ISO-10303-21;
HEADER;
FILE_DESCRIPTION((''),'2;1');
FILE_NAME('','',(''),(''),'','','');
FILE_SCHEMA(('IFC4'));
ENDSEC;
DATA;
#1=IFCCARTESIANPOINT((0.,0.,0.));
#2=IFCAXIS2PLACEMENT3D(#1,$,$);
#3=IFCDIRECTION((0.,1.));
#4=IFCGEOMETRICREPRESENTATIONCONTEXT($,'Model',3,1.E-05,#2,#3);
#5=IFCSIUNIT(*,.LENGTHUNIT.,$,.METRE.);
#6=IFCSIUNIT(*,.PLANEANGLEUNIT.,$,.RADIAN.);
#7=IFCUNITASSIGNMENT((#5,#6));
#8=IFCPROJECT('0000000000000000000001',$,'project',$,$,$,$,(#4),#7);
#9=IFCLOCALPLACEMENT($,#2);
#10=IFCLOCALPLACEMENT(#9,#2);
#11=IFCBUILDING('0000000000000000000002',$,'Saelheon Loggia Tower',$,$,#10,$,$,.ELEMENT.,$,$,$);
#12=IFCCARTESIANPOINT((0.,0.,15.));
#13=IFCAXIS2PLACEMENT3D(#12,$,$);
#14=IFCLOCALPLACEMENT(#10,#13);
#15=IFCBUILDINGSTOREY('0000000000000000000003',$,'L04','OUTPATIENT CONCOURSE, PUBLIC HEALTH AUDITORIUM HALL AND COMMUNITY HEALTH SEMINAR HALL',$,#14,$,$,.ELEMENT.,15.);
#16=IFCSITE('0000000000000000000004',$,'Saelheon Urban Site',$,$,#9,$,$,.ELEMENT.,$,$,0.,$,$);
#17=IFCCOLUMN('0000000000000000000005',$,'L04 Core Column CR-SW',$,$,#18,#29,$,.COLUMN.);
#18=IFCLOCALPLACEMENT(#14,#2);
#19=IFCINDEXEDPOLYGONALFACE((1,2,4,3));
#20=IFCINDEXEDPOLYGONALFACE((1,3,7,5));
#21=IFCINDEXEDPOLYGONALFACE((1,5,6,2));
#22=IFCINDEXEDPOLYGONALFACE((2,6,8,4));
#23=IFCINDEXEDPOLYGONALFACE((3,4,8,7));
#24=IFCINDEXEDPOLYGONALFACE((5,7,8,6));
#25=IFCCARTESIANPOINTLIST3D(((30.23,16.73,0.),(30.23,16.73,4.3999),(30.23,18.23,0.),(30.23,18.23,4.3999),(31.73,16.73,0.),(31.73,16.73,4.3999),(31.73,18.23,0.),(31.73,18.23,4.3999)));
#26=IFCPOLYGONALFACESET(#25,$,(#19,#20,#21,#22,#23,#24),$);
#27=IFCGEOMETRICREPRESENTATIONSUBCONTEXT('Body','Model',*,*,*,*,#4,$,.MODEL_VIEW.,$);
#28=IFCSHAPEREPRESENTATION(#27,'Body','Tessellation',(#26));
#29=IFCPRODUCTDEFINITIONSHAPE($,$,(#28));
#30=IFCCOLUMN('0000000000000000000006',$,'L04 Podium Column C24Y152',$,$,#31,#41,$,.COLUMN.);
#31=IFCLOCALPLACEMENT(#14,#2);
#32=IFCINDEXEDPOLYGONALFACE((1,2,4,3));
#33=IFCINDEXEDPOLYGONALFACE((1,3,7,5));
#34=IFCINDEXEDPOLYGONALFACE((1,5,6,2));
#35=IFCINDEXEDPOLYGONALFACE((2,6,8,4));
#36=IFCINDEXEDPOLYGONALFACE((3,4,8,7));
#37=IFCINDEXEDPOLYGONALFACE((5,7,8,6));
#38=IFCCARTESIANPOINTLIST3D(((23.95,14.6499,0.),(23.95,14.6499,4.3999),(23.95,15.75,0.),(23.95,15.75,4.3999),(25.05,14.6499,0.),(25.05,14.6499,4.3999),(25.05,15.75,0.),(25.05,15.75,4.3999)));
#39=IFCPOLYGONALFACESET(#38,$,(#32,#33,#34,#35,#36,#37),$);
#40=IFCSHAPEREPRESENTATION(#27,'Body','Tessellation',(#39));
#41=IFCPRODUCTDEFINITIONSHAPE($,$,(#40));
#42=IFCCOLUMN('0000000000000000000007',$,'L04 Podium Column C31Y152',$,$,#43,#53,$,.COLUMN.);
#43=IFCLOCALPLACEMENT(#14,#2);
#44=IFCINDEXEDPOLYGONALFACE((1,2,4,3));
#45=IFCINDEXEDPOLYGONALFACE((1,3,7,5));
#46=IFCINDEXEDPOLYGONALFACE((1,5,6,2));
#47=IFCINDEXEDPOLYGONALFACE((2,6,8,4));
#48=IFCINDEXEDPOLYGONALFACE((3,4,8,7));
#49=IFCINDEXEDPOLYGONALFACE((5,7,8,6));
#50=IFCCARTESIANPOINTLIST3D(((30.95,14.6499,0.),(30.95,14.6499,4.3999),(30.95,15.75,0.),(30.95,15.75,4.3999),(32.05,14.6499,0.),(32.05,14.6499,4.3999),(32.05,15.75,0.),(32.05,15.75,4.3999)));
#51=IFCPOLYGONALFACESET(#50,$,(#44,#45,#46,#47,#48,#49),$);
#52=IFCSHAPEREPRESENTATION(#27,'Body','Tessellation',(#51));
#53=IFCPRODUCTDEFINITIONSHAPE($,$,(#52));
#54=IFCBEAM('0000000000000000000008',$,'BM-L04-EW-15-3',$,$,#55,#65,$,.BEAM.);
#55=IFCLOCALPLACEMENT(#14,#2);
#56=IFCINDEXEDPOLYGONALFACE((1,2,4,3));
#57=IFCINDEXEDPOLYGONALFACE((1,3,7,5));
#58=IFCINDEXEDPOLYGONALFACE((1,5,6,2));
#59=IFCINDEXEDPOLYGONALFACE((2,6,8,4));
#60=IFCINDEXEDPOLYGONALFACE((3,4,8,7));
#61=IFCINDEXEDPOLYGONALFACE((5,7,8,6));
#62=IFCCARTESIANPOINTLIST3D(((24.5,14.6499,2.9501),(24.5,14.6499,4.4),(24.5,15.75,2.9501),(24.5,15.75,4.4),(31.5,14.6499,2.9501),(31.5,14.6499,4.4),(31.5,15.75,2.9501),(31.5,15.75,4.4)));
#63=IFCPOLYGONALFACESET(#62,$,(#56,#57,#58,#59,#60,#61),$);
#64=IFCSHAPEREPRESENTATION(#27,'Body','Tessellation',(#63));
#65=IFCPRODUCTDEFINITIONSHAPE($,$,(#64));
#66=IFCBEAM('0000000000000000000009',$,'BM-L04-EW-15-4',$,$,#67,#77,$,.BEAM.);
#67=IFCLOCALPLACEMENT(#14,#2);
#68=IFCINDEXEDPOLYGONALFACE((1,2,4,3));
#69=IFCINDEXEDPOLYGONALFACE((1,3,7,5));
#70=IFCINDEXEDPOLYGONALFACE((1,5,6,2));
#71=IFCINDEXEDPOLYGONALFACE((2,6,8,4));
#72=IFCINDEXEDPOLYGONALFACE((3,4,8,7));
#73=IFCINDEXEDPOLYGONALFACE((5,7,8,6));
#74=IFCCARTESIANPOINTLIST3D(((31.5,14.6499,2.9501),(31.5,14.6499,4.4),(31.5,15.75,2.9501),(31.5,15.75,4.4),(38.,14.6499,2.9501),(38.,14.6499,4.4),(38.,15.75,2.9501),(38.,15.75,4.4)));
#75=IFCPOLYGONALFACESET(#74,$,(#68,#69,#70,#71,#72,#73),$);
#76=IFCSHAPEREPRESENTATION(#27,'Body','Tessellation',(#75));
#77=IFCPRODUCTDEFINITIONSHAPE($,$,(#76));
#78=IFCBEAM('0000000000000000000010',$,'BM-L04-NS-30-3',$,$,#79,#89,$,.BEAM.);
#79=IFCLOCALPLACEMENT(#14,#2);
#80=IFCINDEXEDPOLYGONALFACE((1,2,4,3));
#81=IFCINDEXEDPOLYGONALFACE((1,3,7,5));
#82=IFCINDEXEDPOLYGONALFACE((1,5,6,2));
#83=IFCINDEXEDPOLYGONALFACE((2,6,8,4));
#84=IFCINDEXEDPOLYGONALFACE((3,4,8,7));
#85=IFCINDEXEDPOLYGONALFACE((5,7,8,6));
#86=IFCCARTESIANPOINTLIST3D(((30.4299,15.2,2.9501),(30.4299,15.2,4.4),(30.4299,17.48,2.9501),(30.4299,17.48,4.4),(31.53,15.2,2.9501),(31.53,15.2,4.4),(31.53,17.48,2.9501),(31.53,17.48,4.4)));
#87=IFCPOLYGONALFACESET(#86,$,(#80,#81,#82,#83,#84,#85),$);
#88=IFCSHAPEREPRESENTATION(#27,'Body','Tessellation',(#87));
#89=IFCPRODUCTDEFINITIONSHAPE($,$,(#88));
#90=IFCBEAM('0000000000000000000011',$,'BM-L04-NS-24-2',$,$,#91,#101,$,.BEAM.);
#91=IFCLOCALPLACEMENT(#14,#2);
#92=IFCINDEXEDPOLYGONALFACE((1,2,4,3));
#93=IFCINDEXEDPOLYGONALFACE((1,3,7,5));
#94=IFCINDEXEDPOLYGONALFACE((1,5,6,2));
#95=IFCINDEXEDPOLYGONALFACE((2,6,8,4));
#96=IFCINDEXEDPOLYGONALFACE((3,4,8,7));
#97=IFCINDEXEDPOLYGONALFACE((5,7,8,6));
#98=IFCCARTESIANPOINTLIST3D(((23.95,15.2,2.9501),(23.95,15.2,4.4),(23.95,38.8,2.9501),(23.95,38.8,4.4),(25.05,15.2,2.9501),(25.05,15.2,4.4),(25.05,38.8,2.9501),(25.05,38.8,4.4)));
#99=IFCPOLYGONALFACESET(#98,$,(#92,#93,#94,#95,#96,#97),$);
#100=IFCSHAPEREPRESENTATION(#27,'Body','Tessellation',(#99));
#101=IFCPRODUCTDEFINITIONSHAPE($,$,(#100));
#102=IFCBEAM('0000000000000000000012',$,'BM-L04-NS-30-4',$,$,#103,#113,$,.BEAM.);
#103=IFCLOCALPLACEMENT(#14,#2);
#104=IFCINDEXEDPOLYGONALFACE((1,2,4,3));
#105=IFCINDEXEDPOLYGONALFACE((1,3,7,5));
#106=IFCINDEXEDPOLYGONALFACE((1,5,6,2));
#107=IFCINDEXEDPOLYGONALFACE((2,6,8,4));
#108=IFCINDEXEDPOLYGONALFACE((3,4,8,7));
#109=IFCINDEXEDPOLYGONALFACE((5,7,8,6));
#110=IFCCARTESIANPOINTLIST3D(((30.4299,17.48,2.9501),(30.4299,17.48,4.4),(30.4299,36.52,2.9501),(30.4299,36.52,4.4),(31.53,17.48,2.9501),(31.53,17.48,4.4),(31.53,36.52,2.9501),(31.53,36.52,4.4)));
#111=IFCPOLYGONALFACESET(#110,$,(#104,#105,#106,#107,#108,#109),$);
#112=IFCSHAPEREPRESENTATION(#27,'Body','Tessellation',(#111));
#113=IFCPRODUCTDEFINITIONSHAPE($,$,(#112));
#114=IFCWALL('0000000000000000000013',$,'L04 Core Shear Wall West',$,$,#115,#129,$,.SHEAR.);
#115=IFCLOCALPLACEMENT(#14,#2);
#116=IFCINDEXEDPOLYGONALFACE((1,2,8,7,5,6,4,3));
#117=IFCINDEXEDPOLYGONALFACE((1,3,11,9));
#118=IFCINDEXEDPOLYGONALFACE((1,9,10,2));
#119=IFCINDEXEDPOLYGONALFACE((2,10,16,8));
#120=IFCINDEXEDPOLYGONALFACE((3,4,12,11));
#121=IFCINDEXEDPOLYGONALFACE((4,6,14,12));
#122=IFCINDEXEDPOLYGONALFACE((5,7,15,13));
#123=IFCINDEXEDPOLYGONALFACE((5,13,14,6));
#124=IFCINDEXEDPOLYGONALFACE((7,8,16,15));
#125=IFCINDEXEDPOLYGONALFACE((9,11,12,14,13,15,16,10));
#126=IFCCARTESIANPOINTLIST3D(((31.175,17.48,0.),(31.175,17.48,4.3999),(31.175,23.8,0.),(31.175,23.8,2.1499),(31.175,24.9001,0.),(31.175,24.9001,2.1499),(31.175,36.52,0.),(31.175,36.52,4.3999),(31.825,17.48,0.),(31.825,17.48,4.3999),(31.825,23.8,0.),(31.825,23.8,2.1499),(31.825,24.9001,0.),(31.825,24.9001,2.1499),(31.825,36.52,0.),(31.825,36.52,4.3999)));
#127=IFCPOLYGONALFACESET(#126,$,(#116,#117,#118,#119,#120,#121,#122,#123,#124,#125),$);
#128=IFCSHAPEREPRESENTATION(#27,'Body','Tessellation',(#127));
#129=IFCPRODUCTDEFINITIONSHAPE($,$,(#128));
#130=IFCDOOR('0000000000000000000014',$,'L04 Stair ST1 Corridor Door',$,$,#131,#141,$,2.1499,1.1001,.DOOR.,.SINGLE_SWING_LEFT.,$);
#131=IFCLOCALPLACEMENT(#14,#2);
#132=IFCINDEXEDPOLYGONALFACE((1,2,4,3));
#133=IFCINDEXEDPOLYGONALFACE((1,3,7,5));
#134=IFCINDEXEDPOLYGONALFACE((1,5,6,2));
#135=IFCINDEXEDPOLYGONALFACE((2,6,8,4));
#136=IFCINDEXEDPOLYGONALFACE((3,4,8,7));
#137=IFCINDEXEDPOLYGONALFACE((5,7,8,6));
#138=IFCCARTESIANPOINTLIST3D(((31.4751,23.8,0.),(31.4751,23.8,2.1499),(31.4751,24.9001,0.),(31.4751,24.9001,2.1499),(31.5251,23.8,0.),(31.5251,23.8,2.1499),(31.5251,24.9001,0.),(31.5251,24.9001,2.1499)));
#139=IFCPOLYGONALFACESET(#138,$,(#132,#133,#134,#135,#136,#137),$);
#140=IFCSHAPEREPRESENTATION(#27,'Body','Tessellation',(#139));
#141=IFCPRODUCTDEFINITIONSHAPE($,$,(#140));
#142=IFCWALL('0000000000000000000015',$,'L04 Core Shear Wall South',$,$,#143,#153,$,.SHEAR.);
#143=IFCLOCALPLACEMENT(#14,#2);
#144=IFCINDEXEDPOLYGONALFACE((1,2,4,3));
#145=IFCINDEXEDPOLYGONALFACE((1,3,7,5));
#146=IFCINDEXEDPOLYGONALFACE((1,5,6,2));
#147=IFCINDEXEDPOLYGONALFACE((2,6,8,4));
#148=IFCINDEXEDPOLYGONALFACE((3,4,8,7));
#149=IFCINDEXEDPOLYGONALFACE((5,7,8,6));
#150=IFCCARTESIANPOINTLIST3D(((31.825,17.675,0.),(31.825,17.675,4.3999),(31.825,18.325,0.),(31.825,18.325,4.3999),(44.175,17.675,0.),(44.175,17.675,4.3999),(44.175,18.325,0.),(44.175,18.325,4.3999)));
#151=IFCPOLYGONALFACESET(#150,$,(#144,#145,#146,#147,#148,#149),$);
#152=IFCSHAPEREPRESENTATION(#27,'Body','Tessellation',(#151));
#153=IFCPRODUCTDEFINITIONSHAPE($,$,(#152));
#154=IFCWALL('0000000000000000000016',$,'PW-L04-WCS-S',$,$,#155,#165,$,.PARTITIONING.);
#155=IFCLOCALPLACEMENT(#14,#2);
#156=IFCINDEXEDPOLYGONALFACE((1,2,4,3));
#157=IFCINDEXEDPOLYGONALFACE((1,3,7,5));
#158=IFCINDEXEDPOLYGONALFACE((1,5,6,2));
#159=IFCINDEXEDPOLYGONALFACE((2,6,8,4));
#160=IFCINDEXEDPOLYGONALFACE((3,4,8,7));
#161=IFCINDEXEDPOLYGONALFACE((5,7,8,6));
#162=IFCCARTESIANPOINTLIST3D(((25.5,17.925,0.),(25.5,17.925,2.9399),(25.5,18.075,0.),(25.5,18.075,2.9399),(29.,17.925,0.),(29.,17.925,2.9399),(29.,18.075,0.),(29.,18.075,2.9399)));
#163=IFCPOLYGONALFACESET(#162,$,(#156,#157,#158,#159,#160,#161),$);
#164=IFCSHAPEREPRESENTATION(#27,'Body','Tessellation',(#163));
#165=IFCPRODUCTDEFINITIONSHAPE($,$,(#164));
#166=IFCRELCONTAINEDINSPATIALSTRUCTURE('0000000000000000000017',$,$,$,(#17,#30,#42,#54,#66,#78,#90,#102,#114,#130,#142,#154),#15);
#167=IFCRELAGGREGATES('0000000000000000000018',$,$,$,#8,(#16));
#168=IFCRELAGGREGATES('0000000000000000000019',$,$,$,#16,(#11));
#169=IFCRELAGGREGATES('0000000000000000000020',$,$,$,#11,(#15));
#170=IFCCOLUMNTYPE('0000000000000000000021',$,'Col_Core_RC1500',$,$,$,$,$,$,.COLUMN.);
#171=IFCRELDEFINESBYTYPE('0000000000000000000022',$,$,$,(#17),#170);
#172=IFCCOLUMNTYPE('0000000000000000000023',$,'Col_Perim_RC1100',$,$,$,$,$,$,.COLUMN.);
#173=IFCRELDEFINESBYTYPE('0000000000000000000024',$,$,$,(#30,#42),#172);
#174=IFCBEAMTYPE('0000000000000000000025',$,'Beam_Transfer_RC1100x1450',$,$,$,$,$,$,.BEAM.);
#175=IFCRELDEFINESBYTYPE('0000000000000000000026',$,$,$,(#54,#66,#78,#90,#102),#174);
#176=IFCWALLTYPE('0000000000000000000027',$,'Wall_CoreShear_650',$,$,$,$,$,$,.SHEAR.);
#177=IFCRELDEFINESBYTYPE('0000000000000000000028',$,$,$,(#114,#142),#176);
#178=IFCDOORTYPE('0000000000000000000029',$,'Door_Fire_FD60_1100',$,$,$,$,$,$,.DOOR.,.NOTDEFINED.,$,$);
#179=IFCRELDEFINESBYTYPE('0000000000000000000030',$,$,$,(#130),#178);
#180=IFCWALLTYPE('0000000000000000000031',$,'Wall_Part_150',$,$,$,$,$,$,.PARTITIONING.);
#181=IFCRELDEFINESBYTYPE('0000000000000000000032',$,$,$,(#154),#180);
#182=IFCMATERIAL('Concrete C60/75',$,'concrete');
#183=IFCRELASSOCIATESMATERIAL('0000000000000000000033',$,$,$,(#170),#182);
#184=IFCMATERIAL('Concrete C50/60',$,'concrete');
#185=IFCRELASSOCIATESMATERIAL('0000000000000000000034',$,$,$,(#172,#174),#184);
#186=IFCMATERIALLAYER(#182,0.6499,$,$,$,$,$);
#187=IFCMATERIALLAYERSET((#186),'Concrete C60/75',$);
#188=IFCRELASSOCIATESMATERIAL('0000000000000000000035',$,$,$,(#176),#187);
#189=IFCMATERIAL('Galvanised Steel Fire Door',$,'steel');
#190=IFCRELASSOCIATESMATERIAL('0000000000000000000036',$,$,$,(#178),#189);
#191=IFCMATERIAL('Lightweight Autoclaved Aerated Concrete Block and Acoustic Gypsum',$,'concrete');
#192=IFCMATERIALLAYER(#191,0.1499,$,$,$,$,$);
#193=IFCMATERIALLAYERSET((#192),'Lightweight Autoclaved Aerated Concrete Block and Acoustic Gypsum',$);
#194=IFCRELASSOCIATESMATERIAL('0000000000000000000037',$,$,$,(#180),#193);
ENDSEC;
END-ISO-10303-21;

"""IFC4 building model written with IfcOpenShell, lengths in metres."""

from ifc_helpers import new_model, si_unit, direction, frame, frame_2d, origin, origin_2d, place, context, subcontext, project, spatial, rectangle, extrude, source, transform, mapped, material, layer, layer_set, material_profile, profile_set, type_object, element, fill, save


model = new_model("IFC4")

# Units and contexts
model_context = context("Model", 3, precision=1e-05, world=origin(), true_north=direction((0.0, 1.0)))
body_context = subcontext(model_context, "Body", "Model", "MODEL_VIEW")
ifc_project = project(units=[si_unit("LENGTHUNIT", "METRE"), si_unit("PLANEANGLEUNIT", "RADIAN")], contexts=[model_context])

# Site, building, storey
site_placement = place(None, origin())
site = spatial("IfcSite", under=ifc_project, at=site_placement, Name="Saelheon Urban Site", CompositionType="ELEMENT", RefElevation=0.0)
building_placement = place(site_placement, origin())
building = spatial("IfcBuilding", under=site, at=building_placement, Name="Saelheon Loggia Tower", CompositionType="ELEMENT")
storey_placement = place(building_placement, frame((0.0, 0.0, 15.0)))
storey = spatial("IfcBuildingStorey", under=building, at=storey_placement, Name="L04", Description="OUTPATIENT CONCOURSE, PUBLIC HEALTH AUDITORIUM HALL AND COMMUNITY HEALTH SEMINAR HALL", CompositionType="ELEMENT", Elevation=15.0)

# Columns
ifc_material_1 = material(Name="Concrete C60/75", Category="concrete")
ifc_material_profile_1 = material_profile(ifc_material_1, rectangle(XDim=1.5, YDim=1.5, at=origin_2d()), Name="RC-1500x1500")
ifc_profile_set_1 = profile_set([ifc_material_profile_1], Name="Concrete C60/75")
column_type_1 = type_object("IfcColumnType", Name="Col_Core_RC1500", PredefinedType="COLUMN", material=ifc_profile_set_1)
shared_shape_1 = source(origin(), body_context, "Body", "SweptSolid", [
    extrude(rectangle(XDim=1.5, YDim=1.5, at=origin_2d()), origin(), (0.0, 0.0, 1.0), 4.3999),
])
column_placement = place(storey_placement, frame((30.98, 17.48, 0.0), z_axis=(0.0, 0.0, 1.0), x_axis=(1.0, 0.0, 0.0)))
element("IfcColumn", 1, at=column_placement, inside=storey, type_object=column_type_1, Name="L04 Core Column CR-SW", PredefinedType="COLUMN", context=body_context, shape_type="MappedRepresentation", body=[
    mapped(shared_shape_1, transform((0.0, 0.0, 0.0), scale=1.0)),
])
ifc_material_2 = material(Name="Concrete C50/60", Category="concrete")
ifc_material_profile_2 = material_profile(ifc_material_2, rectangle(XDim=1.1001, YDim=1.1001, at=origin_2d()), Name="RC-1100x1100")
ifc_profile_set_2 = profile_set([ifc_material_profile_2], Name="Concrete C50/60")
column_type_2 = type_object("IfcColumnType", Name="Col_Perim_RC1100", PredefinedType="COLUMN", material=ifc_profile_set_2)
shared_shape_2 = source(origin(), body_context, "Body", "SweptSolid", [
    extrude(rectangle(XDim=1.1001, YDim=1.1001, at=origin_2d()), origin(), (0.0, 0.0, 1.0), 4.3999),
])
for number, where, z_axis, x_axis, name in (
    (2, (24.5, 15.2, 0.0), (0.0, 0.0, 1.0), (1.0, 0.0, 0.0), "L04 Podium Column C24Y152"),
    (3, (31.5, 15.2, 0.0), (0.0, 0.0, 1.0), (1.0, 0.0, 0.0), "L04 Podium Column C31Y152"),
):
    element("IfcColumn", number, at=place(storey_placement, frame(where, z_axis=z_axis, x_axis=x_axis)), inside=storey, type_object=column_type_2, Name=name, PredefinedType="COLUMN", context=body_context, shape_type="MappedRepresentation", body=[
        mapped(shared_shape_2, transform((0.0, 0.0, 0.0), scale=1.0)),
    ])

# Beams
ifc_material_profile_3 = material_profile(ifc_material_2, rectangle(XDim=1.1001, YDim=1.45, at=origin_2d()), Name="RC-1100x1450")
ifc_profile_set_3 = profile_set([ifc_material_profile_3], Name="Concrete C50/60")
beam_type = type_object("IfcBeamType", Name="Beam_Transfer_RC1100x1450", PredefinedType="BEAM", material=ifc_profile_set_3)
shared_shape_3 = source(origin(), body_context, "Body", "SweptSolid", [
    extrude(rectangle(XDim=1.1001, YDim=1.45, at=origin_2d()), origin(), (0.0, 0.0, 1.0), 7.0),
])
beam_1_placement = place(storey_placement, frame((24.5, 15.2, 3.675), z_axis=(1.0, 0.0, 0.0), x_axis=(0.0, 1.0, 0.0)))
element("IfcBeam", 4, at=beam_1_placement, inside=storey, type_object=beam_type, Name="BM-L04-EW-15-3", PredefinedType="BEAM", context=body_context, shape_type="MappedRepresentation", body=[
    mapped(shared_shape_3, transform((0.0, 0.0, 0.0), scale=1.0)),
])
shared_shape_4 = source(origin(), body_context, "Body", "SweptSolid", [
    extrude(rectangle(XDim=1.1001, YDim=1.45, at=origin_2d()), origin(), (0.0, 0.0, 1.0), 6.5),
])
beam_2_placement = place(storey_placement, frame((31.5, 15.2, 3.675), z_axis=(1.0, 0.0, 0.0), x_axis=(0.0, 1.0, 0.0)))
element("IfcBeam", 5, at=beam_2_placement, inside=storey, type_object=beam_type, Name="BM-L04-EW-15-4", PredefinedType="BEAM", context=body_context, shape_type="MappedRepresentation", body=[
    mapped(shared_shape_4, transform((0.0, 0.0, 0.0), scale=1.0)),
])
shared_shape_5 = source(origin(), body_context, "Body", "SweptSolid", [
    extrude(rectangle(XDim=1.1001, YDim=1.45, at=origin_2d()), origin(), (0.0, 0.0, 1.0), 2.28),
])
beam_3_placement = place(storey_placement, frame((30.98, 15.2, 3.675), z_axis=(0.0, 1.0, 0.0), x_axis=(-1.0, 0.0, 0.0)))
element("IfcBeam", 6, at=beam_3_placement, inside=storey, type_object=beam_type, Name="BM-L04-NS-30-3", PredefinedType="BEAM", context=body_context, shape_type="MappedRepresentation", body=[
    mapped(shared_shape_5, transform((0.0, 0.0, 0.0), scale=1.0)),
])
shared_shape_6 = source(origin(), body_context, "Body", "SweptSolid", [
    extrude(rectangle(XDim=1.1001, YDim=1.45, at=origin_2d()), origin(), (0.0, 0.0, 1.0), 23.6001),
])
beam_4_placement = place(storey_placement, frame((24.5, 15.2, 3.675), z_axis=(0.0, 1.0, 0.0), x_axis=(-1.0, 0.0, 0.0)))
element("IfcBeam", 7, at=beam_4_placement, inside=storey, type_object=beam_type, Name="BM-L04-NS-24-2", PredefinedType="BEAM", context=body_context, shape_type="MappedRepresentation", body=[
    mapped(shared_shape_6, transform((0.0, 0.0, 0.0), scale=1.0)),
])
shared_shape_7 = source(origin(), body_context, "Body", "SweptSolid", [
    extrude(rectangle(XDim=1.1001, YDim=1.45, at=origin_2d()), origin(), (0.0, 0.0, 1.0), 19.04),
])
beam_5_placement = place(storey_placement, frame((30.98, 17.48, 3.675), z_axis=(0.0, 1.0, 0.0), x_axis=(-1.0, 0.0, 0.0)))
element("IfcBeam", 8, at=beam_5_placement, inside=storey, type_object=beam_type, Name="BM-L04-NS-30-4", PredefinedType="BEAM", context=body_context, shape_type="MappedRepresentation", body=[
    mapped(shared_shape_7, transform((0.0, 0.0, 0.0), scale=1.0)),
])

# Wall, opening, door
ifc_layer_1 = layer(ifc_material_1, 0.6499)
ifc_layer_set_1 = layer_set([ifc_layer_1], Name="Concrete C60/75")
wall_type_1 = type_object("IfcWallType", Name="Wall_CoreShear_650", PredefinedType="SHEAR", material=ifc_layer_set_1)
wall_1_placement = place(storey_placement, frame((31.5, 17.48, 0.0), z_axis=(0.0, 0.0, 1.0), x_axis=(0.0, 1.0, 0.0)))
wall_1 = element("IfcWall", 9, at=wall_1_placement, inside=storey, type_object=wall_type_1, Name="L04 Core Shear Wall West", PredefinedType="SHEAR", context=body_context, shape_type="SweptSolid", body=[
    extrude(rectangle(XDim=19.04, YDim=0.6499, at=frame_2d((9.52, 0.0))), origin(), (0.0, 0.0, 1.0), 4.3999),
])
opening_1_placement = place(wall_1_placement, frame((6.3201, 0.0, 0.0)))
opening_1 = element("IfcOpeningElement", 10, at=opening_1_placement, cuts=wall_1, PredefinedType="OPENING", context=body_context, shape_type="SweptSolid", body=[
    extrude(rectangle(XDim=1.1001, YDim=2.1499, at=frame_2d((0.55, 1.075))), frame((0.0, 0.3369, 0.0), z_axis=(0.0, -1.0, 0.0), x_axis=(1.0, 0.0, 0.0)), (0.0, 0.0, 1.0), 0.6738),
])
ifc_material_3 = material(Name="Galvanised Steel Fire Door", Category="steel")
door_type_1 = type_object("IfcDoorType", Name="Door_Fire_FD60_1100", OperationType="NOTDEFINED", PredefinedType="DOOR", material=ifc_material_3)
shared_shape_8 = source(origin(), body_context, "Body", "SweptSolid", [
    extrude(rectangle(XDim=1.1001, YDim=2.1499, at=frame_2d((0.55, 1.075))), frame((0.0, 0.0249, 0.0), z_axis=(0.0, -1.0, 0.0), x_axis=(1.0, 0.0, 0.0)), (0.0, 0.0, 1.0), 0.05),
])
door_1_placement = place(opening_1_placement, origin())
door_1 = element("IfcDoor", 11, at=door_1_placement, inside=storey, type_object=door_type_1, Name="L04 Stair ST1 Corridor Door", OperationType="SINGLE_SWING_LEFT", OverallHeight=2.1499, OverallWidth=1.1001, PredefinedType="DOOR", context=body_context, shape_type="MappedRepresentation", body=[
    mapped(shared_shape_8, transform((0.0, 0.0, 0.0), scale=1.0)),
])
fill(opening_1, door_1)

# Walls
wall_2_placement = place(storey_placement, frame((31.825, 18.0, 0.0), z_axis=(0.0, 0.0, 1.0), x_axis=(1.0, 0.0, 0.0)))
element("IfcWall", 12, at=wall_2_placement, inside=storey, type_object=wall_type_1, Name="L04 Core Shear Wall South", PredefinedType="SHEAR", context=body_context, shape_type="SweptSolid", body=[
    extrude(rectangle(XDim=12.3501, YDim=0.6499, at=frame_2d((6.175, 0.0))), origin(), (0.0, 0.0, 1.0), 4.3999),
])
ifc_material_4 = material(Name="Lightweight Autoclaved Aerated Concrete Block and Acoustic Gypsum", Category="concrete")
ifc_layer_2 = layer(ifc_material_4, 0.1499)
ifc_layer_set_2 = layer_set([ifc_layer_2], Name="Lightweight Autoclaved Aerated Concrete Block and Acoustic Gypsum")
wall_type_2 = type_object("IfcWallType", Name="Wall_Part_150", PredefinedType="PARTITIONING", material=ifc_layer_set_2)
wall_3_placement = place(storey_placement, frame((25.5, 18.0, 0.0), z_axis=(0.0, 0.0, 1.0), x_axis=(1.0, 0.0, 0.0)))
element("IfcWall", 13, at=wall_3_placement, inside=storey, type_object=wall_type_2, Name="PW-L04-WCS-S", PredefinedType="PARTITIONING", context=body_context, shape_type="SweptSolid", body=[
    extrude(rectangle(XDim=3.5, YDim=0.1499, at=frame_2d((1.75, 0.0))), origin(), (0.0, 0.0, 1.0), 2.9399),
])

save(model, "model.ifc")
